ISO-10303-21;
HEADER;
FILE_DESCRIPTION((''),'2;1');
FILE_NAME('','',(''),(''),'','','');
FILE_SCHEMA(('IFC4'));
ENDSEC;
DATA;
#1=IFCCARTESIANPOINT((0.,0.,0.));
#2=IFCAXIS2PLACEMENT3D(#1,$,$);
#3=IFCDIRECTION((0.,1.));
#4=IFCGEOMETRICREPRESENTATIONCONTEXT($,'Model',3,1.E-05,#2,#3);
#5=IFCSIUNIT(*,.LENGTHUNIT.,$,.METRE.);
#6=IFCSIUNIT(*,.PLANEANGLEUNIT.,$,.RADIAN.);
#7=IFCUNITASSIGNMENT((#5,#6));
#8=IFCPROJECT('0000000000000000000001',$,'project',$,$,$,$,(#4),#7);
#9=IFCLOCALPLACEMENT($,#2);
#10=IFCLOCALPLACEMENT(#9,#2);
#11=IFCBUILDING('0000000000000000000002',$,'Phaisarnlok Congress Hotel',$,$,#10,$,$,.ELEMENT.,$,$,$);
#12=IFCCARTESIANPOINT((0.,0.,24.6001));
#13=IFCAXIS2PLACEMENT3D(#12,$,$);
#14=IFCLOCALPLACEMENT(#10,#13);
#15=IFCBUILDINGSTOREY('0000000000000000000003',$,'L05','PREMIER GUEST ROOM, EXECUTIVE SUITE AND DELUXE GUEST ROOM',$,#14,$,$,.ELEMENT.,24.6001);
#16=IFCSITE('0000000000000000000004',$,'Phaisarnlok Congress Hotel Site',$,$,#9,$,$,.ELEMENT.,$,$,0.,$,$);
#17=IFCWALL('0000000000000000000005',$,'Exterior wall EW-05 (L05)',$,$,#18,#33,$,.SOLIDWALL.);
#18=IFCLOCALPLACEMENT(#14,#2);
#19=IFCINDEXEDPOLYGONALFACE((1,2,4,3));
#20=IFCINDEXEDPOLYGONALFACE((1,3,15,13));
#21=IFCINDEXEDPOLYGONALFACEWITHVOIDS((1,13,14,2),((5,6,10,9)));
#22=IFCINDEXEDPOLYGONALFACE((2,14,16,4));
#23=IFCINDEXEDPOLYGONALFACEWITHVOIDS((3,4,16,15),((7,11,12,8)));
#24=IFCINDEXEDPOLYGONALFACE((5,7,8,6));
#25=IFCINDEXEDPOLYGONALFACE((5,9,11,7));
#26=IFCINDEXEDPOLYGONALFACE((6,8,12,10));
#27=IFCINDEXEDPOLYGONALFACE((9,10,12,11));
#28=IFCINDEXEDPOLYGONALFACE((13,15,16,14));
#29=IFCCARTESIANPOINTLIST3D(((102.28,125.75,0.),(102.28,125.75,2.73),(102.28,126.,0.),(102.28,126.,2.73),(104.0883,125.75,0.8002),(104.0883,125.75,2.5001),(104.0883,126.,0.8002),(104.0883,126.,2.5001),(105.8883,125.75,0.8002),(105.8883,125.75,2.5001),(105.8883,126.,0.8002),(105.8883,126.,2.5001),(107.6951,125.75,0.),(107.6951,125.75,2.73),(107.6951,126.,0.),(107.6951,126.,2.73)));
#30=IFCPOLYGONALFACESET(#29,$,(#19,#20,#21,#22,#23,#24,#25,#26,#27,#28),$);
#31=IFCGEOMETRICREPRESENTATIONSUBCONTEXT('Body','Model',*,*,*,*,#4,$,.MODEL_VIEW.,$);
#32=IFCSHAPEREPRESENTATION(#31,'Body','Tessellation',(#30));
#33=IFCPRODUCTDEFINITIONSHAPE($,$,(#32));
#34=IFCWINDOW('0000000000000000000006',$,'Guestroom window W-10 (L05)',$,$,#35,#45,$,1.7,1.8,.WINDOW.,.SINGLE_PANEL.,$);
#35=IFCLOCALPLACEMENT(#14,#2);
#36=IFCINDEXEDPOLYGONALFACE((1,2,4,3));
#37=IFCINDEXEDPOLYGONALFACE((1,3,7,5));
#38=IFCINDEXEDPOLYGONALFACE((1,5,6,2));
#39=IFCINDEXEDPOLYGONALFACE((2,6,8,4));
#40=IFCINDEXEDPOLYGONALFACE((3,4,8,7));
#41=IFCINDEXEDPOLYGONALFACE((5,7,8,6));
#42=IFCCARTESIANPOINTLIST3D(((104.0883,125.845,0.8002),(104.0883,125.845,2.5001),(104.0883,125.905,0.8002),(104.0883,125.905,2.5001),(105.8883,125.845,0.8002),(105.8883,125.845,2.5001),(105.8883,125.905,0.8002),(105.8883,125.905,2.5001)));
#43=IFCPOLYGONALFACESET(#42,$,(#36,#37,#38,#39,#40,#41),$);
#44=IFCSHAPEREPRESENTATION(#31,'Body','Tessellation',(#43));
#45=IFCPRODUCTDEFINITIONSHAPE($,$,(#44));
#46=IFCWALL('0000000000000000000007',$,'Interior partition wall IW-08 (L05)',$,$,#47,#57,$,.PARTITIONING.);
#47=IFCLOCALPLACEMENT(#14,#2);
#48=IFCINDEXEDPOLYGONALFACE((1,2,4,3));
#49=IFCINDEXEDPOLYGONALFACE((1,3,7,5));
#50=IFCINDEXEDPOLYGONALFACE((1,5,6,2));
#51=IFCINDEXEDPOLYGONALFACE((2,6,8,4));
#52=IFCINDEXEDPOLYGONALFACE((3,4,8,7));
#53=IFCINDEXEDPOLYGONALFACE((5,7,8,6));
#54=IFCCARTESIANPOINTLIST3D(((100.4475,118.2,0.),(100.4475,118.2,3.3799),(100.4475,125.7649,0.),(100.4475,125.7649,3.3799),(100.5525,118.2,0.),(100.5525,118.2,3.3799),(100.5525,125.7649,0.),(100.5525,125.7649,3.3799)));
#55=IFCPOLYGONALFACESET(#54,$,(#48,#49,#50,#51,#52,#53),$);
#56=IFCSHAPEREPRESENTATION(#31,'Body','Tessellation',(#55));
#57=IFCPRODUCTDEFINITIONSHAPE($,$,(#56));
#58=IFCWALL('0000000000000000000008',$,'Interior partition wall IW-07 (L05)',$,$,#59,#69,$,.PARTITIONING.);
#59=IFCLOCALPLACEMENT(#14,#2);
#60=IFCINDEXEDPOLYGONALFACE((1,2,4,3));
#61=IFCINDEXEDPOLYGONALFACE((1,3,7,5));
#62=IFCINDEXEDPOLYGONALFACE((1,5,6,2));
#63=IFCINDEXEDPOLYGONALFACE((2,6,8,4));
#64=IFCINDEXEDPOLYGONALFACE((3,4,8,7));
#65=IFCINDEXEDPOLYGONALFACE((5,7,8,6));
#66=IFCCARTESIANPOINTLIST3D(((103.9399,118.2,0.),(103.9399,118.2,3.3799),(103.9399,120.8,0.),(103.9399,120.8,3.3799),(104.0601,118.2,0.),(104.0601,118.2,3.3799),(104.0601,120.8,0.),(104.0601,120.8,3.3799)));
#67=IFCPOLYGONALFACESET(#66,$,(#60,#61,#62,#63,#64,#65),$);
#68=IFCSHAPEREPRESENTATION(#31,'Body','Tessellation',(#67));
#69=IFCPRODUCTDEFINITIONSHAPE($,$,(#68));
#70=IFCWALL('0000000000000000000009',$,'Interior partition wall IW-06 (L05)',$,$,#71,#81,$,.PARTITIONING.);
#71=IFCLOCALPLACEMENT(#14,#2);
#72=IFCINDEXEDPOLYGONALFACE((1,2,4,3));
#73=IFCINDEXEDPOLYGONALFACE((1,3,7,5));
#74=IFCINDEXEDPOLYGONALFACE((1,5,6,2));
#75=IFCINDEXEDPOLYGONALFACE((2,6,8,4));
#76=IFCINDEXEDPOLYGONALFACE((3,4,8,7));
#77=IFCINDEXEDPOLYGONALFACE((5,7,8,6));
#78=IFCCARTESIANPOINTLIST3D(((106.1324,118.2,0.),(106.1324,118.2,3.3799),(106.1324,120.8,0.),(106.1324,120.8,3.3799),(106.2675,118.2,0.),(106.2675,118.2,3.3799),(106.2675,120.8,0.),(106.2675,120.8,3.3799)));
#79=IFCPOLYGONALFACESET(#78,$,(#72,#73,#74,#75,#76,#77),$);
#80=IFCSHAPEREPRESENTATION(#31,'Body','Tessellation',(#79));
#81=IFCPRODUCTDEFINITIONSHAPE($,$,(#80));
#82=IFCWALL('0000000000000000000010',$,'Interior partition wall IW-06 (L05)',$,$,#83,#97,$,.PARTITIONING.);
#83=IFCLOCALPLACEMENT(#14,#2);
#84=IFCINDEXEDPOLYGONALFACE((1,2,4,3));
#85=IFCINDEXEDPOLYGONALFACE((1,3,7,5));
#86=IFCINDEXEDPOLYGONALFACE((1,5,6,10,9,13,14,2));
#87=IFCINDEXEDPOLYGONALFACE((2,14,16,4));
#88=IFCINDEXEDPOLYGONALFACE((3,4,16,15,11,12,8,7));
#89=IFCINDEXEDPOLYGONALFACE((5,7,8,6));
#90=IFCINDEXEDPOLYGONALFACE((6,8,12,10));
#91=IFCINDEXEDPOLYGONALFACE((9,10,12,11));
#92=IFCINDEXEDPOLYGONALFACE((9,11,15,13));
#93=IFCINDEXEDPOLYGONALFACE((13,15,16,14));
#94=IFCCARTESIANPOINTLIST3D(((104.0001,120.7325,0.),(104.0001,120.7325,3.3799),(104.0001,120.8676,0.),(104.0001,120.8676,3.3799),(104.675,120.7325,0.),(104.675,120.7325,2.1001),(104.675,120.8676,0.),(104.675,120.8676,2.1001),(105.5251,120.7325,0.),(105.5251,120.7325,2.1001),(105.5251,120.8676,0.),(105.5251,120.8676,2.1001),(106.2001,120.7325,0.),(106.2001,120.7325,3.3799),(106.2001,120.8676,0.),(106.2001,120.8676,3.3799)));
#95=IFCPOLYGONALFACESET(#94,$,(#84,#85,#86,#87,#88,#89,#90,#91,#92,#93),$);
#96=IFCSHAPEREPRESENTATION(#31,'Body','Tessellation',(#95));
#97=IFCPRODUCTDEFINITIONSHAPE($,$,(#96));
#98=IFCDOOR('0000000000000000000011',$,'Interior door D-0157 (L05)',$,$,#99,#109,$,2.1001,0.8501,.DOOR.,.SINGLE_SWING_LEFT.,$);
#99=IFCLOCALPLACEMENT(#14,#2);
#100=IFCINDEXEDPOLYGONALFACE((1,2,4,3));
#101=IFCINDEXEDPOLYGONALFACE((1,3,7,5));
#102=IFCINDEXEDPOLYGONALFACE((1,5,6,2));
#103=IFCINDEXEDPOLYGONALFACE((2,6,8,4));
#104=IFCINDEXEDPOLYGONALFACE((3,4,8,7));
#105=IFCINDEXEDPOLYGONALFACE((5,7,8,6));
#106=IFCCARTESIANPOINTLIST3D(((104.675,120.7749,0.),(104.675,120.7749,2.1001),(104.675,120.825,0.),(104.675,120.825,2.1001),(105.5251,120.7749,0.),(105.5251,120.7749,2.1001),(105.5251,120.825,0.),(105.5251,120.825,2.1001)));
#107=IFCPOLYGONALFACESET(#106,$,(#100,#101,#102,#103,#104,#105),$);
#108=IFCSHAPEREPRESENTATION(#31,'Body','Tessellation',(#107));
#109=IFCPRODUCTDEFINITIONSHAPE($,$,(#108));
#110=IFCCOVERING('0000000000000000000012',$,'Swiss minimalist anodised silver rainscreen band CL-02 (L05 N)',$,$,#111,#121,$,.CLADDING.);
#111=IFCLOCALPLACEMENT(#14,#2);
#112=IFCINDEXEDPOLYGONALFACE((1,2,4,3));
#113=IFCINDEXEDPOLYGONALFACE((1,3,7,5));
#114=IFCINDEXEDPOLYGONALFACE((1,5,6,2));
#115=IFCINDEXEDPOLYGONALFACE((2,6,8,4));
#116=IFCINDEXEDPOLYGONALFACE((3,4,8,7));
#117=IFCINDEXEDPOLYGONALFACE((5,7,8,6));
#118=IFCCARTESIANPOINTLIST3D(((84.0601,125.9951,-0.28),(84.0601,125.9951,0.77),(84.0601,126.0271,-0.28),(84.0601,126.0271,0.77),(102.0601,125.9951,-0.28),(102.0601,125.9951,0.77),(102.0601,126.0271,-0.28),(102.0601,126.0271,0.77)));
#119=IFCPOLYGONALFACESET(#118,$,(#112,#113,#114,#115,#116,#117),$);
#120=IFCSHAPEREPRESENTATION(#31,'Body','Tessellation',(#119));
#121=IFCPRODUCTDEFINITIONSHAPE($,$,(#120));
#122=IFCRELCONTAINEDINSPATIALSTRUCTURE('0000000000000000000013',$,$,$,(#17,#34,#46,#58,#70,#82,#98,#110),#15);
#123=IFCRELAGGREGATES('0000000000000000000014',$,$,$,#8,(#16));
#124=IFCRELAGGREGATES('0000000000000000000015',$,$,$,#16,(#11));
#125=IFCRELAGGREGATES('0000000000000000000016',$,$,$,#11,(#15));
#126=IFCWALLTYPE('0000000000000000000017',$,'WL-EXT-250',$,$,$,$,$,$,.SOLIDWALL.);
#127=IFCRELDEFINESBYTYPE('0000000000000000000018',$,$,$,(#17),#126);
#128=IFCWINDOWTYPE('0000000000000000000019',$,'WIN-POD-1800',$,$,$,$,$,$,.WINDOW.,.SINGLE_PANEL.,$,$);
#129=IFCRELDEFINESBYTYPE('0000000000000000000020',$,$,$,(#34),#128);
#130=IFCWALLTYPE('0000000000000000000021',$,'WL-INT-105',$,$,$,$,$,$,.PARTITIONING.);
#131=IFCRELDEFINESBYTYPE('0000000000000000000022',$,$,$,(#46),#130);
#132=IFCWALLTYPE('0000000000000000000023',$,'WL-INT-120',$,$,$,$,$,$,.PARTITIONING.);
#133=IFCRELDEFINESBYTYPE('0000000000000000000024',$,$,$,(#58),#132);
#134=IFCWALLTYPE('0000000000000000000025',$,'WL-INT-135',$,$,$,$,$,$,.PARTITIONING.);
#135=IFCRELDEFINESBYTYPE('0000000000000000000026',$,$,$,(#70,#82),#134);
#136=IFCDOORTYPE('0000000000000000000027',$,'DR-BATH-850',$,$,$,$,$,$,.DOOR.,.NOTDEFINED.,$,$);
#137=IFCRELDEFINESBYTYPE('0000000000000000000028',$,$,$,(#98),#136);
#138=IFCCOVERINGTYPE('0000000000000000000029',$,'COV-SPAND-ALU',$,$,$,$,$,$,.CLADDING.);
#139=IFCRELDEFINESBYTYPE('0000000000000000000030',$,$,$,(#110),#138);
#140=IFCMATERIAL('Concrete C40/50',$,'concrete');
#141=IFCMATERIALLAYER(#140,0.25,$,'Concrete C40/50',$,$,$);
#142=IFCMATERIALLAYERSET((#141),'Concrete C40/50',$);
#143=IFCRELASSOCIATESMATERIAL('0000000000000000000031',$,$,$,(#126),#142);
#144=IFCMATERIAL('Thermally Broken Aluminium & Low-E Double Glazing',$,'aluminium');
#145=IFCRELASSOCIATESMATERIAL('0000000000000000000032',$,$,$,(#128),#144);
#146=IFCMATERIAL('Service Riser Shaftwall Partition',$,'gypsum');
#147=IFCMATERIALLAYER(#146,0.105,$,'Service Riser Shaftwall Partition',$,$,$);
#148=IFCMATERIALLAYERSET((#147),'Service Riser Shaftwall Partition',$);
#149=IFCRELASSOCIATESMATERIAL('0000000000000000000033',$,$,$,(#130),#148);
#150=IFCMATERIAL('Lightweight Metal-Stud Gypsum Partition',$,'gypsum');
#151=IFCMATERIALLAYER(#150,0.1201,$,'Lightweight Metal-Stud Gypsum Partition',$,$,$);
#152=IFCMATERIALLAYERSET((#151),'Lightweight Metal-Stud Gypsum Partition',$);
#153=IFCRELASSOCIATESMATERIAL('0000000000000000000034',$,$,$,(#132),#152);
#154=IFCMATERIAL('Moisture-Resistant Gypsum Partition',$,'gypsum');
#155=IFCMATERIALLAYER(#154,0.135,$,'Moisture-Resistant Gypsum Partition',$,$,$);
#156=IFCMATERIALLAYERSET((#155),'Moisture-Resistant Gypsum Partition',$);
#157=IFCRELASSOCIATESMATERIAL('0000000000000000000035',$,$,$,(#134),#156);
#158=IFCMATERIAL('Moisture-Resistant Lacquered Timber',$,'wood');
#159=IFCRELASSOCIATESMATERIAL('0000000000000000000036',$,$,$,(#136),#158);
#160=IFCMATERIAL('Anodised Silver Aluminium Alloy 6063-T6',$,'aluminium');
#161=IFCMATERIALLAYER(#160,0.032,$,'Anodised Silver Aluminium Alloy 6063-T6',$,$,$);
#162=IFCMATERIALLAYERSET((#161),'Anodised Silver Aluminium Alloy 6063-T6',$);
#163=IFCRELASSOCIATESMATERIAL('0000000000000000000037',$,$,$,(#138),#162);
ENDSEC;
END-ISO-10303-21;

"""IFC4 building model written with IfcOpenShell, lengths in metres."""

from ifc_helpers import new_model, si_unit, direction, frame, frame_2d, origin, place, context, subcontext, project, spatial, polyline, rectangle, outline, extrude, material, layer, layer_set, type_object, element, fill, save


model = new_model("IFC4")

# Units and contexts
model_context = context("Model", 3, precision=1e-05, world=origin(), true_north=direction((0.0, 1.0)))
body_context = subcontext(model_context, "Body", "Model", "MODEL_VIEW")
ifc_project = project(units=[si_unit("LENGTHUNIT", "METRE"), si_unit("PLANEANGLEUNIT", "RADIAN")], contexts=[model_context])

# Site, building, storey
site_placement = place(None, origin())
site = spatial("IfcSite", under=ifc_project, at=site_placement, Name="Phaisarnlok Congress Hotel Site", CompositionType="ELEMENT", RefElevation=0.0)
building_placement = place(site_placement, origin())
building = spatial("IfcBuilding", under=site, at=building_placement, Name="Phaisarnlok Congress Hotel", CompositionType="ELEMENT")
storey_placement = place(building_placement, frame((0.0, 0.0, 24.6001)))
storey = spatial("IfcBuildingStorey", under=building, at=storey_placement, Name="L05", Description="PREMIER GUEST ROOM, EXECUTIVE SUITE AND DELUXE GUEST ROOM", CompositionType="ELEMENT", Elevation=24.6001)

# Shared definitions
ifc_material_1 = material(Name="Concrete C40/50", Category="concrete")

# Wall, opening, window
ifc_layer_1 = layer(ifc_material_1, 0.25, Name="Concrete C40/50")
ifc_layer_set_1 = layer_set([ifc_layer_1], Name="Concrete C40/50")
wall_type_1 = type_object("IfcWallType", Name="WL-EXT-250", PredefinedType="SOLIDWALL", material=ifc_layer_set_1)
wall_1_placement = place(storey_placement, frame((107.6951, 125.875, 0.0), z_axis=(0.0, 0.0, 1.0), x_axis=(-1.0, 0.0, 0.0)))
wall_1 = element("IfcWall", 1, at=wall_1_placement, inside=storey, type_object=wall_type_1, Name="Exterior wall EW-05 (L05)", PredefinedType="SOLIDWALL", context=body_context, shape_type="SweptSolid", body=[
    extrude(rectangle(XDim=5.415, YDim=0.25, at=frame_2d((2.7075, 0.0))), origin(), (0.0, 0.0, 1.0), 2.73),
])
opening_1_placement = place(wall_1_placement, frame((1.8069, 0.0, 0.8)))
opening_1 = element("IfcOpeningElement", 2, at=opening_1_placement, cuts=wall_1, PredefinedType="OPENING", context=body_context, shape_type="SweptSolid", body=[
    extrude(rectangle(XDim=1.8, YDim=1.7, at=frame_2d((0.8999, 0.8501))), frame((0.0, 0.135, 0.0), z_axis=(0.0, -1.0, 0.0), x_axis=(1.0, 0.0, 0.0)), (0.0, 0.0, 1.0), 0.27),
])
ifc_material_2 = material(Name="Thermally Broken Aluminium & Low-E Double Glazing", Category="aluminium")
window_type = type_object("IfcWindowType", Name="WIN-POD-1800", PartitioningType="SINGLE_PANEL", PredefinedType="WINDOW", material=ifc_material_2)
window_placement = place(opening_1_placement, origin())
window = element("IfcWindow", 3, at=window_placement, inside=storey, type_object=window_type, Name="Guestroom window W-10 (L05)", OverallHeight=1.7, OverallWidth=1.8, PartitioningType="SINGLE_PANEL", PredefinedType="WINDOW", context=body_context, shape_type="SweptSolid", body=[
    extrude(rectangle(XDim=1.8, YDim=1.7, at=frame_2d((0.8999, 0.8501))), frame((0.0, 0.03, 0.0), z_axis=(0.0, -1.0, 0.0), x_axis=(1.0, 0.0, 0.0)), (0.0, 0.0, 1.0), 0.0601),
])
fill(opening_1, window)

# Walls
ifc_material_3 = material(Name="Service Riser Shaftwall Partition", Category="gypsum")
ifc_layer_2 = layer(ifc_material_3, 0.105, Name="Service Riser Shaftwall Partition")
ifc_layer_set_2 = layer_set([ifc_layer_2], Name="Service Riser Shaftwall Partition")
wall_type_2 = type_object("IfcWallType", Name="WL-INT-105", PredefinedType="PARTITIONING", material=ifc_layer_set_2)
wall_2_placement = place(storey_placement, frame((100.5, 118.2, 0.0), z_axis=(0.0, 0.0, 1.0), x_axis=(0.0, 1.0, 0.0)))
element("IfcWall", 4, at=wall_2_placement, inside=storey, type_object=wall_type_2, Name="Interior partition wall IW-08 (L05)", PredefinedType="PARTITIONING", context=body_context, shape_type="SweptSolid", body=[
    extrude(rectangle(XDim=7.5649, YDim=0.105, at=frame_2d((3.7825, 0.0))), origin(), (0.0, 0.0, 1.0), 3.3799),
])
ifc_material_4 = material(Name="Lightweight Metal-Stud Gypsum Partition", Category="gypsum")
ifc_layer_3 = layer(ifc_material_4, 0.1201, Name="Lightweight Metal-Stud Gypsum Partition")
ifc_layer_set_3 = layer_set([ifc_layer_3], Name="Lightweight Metal-Stud Gypsum Partition")
wall_type_3 = type_object("IfcWallType", Name="WL-INT-120", PredefinedType="PARTITIONING", material=ifc_layer_set_3)
wall_3_placement = place(storey_placement, frame((104.0, 118.2, 0.0), z_axis=(0.0, 0.0, 1.0), x_axis=(0.0, 1.0, 0.0)))
element("IfcWall", 5, at=wall_3_placement, inside=storey, type_object=wall_type_3, Name="Interior partition wall IW-07 (L05)", PredefinedType="PARTITIONING", context=body_context, shape_type="SweptSolid", body=[
    extrude(rectangle(XDim=2.6001, YDim=0.1201, at=frame_2d((1.3, 0.0))), origin(), (0.0, 0.0, 1.0), 3.3799),
])
ifc_material_5 = material(Name="Moisture-Resistant Gypsum Partition", Category="gypsum")
ifc_layer_4 = layer(ifc_material_5, 0.135, Name="Moisture-Resistant Gypsum Partition")
ifc_layer_set_4 = layer_set([ifc_layer_4], Name="Moisture-Resistant Gypsum Partition")
wall_type_4 = type_object("IfcWallType", Name="WL-INT-135", PredefinedType="PARTITIONING", material=ifc_layer_set_4)
wall_4_placement = place(storey_placement, frame((106.2, 118.2, 0.0), z_axis=(0.0, 0.0, 1.0), x_axis=(0.0, 1.0, 0.0)))
element("IfcWall", 6, at=wall_4_placement, inside=storey, type_object=wall_type_4, Name="Interior partition wall IW-06 (L05)", PredefinedType="PARTITIONING", context=body_context, shape_type="SweptSolid", body=[
    extrude(rectangle(XDim=2.6001, YDim=0.135, at=frame_2d((1.3, 0.0))), origin(), (0.0, 0.0, 1.0), 3.3799),
])

# Wall, opening, door
wall_5_placement = place(storey_placement, frame((104.0, 120.8, 0.0), z_axis=(0.0, 0.0, 1.0), x_axis=(1.0, 0.0, 0.0)))
wall_5 = element("IfcWall", 7, at=wall_5_placement, inside=storey, type_object=wall_type_4, Name="Interior partition wall IW-06 (L05)", PredefinedType="PARTITIONING", context=body_context, shape_type="SweptSolid", body=[
    extrude(rectangle(XDim=2.2, YDim=0.135, at=frame_2d((1.1001, 0.0))), origin(), (0.0, 0.0, 1.0), 3.3799),
])
opening_2_placement = place(wall_5_placement, frame((0.675, 0.0, 0.0)))
opening_2 = element("IfcOpeningElement", 8, at=opening_2_placement, cuts=wall_5, PredefinedType="OPENING", context=body_context, shape_type="SweptSolid", body=[
    extrude(rectangle(XDim=0.8501, YDim=2.1001, at=frame_2d((0.425, 1.05))), frame((0.0, 0.0776, 0.0), z_axis=(0.0, -1.0, 0.0), x_axis=(1.0, 0.0, 0.0)), (0.0, 0.0, 1.0), 0.155),
])
ifc_material_6 = material(Name="Moisture-Resistant Lacquered Timber", Category="wood")
door_type = type_object("IfcDoorType", Name="DR-BATH-850", OperationType="NOTDEFINED", PredefinedType="DOOR", material=ifc_material_6)
door_placement = place(opening_2_placement, origin())
door = element("IfcDoor", 9, at=door_placement, inside=storey, type_object=door_type, Name="Interior door D-0157 (L05)", OperationType="SINGLE_SWING_LEFT", OverallHeight=2.1001, OverallWidth=0.8501, PredefinedType="DOOR", context=body_context, shape_type="SweptSolid", body=[
    extrude(rectangle(XDim=0.8501, YDim=2.1001, at=frame_2d((0.425, 1.05))), frame((0.0, 0.0249, 0.0), z_axis=(0.0, -1.0, 0.0), x_axis=(1.0, 0.0, 0.0)), (0.0, 0.0, 1.0), 0.05),
])
fill(opening_2, door)

# Covering
ifc_material_7 = material(Name="Anodised Silver Aluminium Alloy 6063-T6", Category="aluminium")
ifc_layer_5 = layer(ifc_material_7, 0.032, Name="Anodised Silver Aluminium Alloy 6063-T6")
ifc_layer_set_5 = layer_set([ifc_layer_5], Name="Anodised Silver Aluminium Alloy 6063-T6")
covering_type = type_object("IfcCoveringType", Name="COV-SPAND-ALU", PredefinedType="CLADDING", material=ifc_layer_set_5)
covering_placement = place(storey_placement, frame((102.0601, 125.9951, -0.28), z_axis=(0.0, 1.0, 0.0), x_axis=(-1.0, 0.0, 0.0)))
element("IfcCovering", 10, at=covering_placement, inside=storey, type_object=covering_type, Name="Swiss minimalist anodised silver rainscreen band CL-02 (L05 N)", PredefinedType="CLADDING", context=body_context, shape_type="SweptSolid", body=[
    extrude(outline(polyline([(0.0, 0.0), (18.0, 0.0), (18.0, 1.05), (0.0, 1.05), (0.0, 0.0)])), origin(), (0.0, 0.0, 1.0), 0.032),
])

save(model, "model.ifc")
